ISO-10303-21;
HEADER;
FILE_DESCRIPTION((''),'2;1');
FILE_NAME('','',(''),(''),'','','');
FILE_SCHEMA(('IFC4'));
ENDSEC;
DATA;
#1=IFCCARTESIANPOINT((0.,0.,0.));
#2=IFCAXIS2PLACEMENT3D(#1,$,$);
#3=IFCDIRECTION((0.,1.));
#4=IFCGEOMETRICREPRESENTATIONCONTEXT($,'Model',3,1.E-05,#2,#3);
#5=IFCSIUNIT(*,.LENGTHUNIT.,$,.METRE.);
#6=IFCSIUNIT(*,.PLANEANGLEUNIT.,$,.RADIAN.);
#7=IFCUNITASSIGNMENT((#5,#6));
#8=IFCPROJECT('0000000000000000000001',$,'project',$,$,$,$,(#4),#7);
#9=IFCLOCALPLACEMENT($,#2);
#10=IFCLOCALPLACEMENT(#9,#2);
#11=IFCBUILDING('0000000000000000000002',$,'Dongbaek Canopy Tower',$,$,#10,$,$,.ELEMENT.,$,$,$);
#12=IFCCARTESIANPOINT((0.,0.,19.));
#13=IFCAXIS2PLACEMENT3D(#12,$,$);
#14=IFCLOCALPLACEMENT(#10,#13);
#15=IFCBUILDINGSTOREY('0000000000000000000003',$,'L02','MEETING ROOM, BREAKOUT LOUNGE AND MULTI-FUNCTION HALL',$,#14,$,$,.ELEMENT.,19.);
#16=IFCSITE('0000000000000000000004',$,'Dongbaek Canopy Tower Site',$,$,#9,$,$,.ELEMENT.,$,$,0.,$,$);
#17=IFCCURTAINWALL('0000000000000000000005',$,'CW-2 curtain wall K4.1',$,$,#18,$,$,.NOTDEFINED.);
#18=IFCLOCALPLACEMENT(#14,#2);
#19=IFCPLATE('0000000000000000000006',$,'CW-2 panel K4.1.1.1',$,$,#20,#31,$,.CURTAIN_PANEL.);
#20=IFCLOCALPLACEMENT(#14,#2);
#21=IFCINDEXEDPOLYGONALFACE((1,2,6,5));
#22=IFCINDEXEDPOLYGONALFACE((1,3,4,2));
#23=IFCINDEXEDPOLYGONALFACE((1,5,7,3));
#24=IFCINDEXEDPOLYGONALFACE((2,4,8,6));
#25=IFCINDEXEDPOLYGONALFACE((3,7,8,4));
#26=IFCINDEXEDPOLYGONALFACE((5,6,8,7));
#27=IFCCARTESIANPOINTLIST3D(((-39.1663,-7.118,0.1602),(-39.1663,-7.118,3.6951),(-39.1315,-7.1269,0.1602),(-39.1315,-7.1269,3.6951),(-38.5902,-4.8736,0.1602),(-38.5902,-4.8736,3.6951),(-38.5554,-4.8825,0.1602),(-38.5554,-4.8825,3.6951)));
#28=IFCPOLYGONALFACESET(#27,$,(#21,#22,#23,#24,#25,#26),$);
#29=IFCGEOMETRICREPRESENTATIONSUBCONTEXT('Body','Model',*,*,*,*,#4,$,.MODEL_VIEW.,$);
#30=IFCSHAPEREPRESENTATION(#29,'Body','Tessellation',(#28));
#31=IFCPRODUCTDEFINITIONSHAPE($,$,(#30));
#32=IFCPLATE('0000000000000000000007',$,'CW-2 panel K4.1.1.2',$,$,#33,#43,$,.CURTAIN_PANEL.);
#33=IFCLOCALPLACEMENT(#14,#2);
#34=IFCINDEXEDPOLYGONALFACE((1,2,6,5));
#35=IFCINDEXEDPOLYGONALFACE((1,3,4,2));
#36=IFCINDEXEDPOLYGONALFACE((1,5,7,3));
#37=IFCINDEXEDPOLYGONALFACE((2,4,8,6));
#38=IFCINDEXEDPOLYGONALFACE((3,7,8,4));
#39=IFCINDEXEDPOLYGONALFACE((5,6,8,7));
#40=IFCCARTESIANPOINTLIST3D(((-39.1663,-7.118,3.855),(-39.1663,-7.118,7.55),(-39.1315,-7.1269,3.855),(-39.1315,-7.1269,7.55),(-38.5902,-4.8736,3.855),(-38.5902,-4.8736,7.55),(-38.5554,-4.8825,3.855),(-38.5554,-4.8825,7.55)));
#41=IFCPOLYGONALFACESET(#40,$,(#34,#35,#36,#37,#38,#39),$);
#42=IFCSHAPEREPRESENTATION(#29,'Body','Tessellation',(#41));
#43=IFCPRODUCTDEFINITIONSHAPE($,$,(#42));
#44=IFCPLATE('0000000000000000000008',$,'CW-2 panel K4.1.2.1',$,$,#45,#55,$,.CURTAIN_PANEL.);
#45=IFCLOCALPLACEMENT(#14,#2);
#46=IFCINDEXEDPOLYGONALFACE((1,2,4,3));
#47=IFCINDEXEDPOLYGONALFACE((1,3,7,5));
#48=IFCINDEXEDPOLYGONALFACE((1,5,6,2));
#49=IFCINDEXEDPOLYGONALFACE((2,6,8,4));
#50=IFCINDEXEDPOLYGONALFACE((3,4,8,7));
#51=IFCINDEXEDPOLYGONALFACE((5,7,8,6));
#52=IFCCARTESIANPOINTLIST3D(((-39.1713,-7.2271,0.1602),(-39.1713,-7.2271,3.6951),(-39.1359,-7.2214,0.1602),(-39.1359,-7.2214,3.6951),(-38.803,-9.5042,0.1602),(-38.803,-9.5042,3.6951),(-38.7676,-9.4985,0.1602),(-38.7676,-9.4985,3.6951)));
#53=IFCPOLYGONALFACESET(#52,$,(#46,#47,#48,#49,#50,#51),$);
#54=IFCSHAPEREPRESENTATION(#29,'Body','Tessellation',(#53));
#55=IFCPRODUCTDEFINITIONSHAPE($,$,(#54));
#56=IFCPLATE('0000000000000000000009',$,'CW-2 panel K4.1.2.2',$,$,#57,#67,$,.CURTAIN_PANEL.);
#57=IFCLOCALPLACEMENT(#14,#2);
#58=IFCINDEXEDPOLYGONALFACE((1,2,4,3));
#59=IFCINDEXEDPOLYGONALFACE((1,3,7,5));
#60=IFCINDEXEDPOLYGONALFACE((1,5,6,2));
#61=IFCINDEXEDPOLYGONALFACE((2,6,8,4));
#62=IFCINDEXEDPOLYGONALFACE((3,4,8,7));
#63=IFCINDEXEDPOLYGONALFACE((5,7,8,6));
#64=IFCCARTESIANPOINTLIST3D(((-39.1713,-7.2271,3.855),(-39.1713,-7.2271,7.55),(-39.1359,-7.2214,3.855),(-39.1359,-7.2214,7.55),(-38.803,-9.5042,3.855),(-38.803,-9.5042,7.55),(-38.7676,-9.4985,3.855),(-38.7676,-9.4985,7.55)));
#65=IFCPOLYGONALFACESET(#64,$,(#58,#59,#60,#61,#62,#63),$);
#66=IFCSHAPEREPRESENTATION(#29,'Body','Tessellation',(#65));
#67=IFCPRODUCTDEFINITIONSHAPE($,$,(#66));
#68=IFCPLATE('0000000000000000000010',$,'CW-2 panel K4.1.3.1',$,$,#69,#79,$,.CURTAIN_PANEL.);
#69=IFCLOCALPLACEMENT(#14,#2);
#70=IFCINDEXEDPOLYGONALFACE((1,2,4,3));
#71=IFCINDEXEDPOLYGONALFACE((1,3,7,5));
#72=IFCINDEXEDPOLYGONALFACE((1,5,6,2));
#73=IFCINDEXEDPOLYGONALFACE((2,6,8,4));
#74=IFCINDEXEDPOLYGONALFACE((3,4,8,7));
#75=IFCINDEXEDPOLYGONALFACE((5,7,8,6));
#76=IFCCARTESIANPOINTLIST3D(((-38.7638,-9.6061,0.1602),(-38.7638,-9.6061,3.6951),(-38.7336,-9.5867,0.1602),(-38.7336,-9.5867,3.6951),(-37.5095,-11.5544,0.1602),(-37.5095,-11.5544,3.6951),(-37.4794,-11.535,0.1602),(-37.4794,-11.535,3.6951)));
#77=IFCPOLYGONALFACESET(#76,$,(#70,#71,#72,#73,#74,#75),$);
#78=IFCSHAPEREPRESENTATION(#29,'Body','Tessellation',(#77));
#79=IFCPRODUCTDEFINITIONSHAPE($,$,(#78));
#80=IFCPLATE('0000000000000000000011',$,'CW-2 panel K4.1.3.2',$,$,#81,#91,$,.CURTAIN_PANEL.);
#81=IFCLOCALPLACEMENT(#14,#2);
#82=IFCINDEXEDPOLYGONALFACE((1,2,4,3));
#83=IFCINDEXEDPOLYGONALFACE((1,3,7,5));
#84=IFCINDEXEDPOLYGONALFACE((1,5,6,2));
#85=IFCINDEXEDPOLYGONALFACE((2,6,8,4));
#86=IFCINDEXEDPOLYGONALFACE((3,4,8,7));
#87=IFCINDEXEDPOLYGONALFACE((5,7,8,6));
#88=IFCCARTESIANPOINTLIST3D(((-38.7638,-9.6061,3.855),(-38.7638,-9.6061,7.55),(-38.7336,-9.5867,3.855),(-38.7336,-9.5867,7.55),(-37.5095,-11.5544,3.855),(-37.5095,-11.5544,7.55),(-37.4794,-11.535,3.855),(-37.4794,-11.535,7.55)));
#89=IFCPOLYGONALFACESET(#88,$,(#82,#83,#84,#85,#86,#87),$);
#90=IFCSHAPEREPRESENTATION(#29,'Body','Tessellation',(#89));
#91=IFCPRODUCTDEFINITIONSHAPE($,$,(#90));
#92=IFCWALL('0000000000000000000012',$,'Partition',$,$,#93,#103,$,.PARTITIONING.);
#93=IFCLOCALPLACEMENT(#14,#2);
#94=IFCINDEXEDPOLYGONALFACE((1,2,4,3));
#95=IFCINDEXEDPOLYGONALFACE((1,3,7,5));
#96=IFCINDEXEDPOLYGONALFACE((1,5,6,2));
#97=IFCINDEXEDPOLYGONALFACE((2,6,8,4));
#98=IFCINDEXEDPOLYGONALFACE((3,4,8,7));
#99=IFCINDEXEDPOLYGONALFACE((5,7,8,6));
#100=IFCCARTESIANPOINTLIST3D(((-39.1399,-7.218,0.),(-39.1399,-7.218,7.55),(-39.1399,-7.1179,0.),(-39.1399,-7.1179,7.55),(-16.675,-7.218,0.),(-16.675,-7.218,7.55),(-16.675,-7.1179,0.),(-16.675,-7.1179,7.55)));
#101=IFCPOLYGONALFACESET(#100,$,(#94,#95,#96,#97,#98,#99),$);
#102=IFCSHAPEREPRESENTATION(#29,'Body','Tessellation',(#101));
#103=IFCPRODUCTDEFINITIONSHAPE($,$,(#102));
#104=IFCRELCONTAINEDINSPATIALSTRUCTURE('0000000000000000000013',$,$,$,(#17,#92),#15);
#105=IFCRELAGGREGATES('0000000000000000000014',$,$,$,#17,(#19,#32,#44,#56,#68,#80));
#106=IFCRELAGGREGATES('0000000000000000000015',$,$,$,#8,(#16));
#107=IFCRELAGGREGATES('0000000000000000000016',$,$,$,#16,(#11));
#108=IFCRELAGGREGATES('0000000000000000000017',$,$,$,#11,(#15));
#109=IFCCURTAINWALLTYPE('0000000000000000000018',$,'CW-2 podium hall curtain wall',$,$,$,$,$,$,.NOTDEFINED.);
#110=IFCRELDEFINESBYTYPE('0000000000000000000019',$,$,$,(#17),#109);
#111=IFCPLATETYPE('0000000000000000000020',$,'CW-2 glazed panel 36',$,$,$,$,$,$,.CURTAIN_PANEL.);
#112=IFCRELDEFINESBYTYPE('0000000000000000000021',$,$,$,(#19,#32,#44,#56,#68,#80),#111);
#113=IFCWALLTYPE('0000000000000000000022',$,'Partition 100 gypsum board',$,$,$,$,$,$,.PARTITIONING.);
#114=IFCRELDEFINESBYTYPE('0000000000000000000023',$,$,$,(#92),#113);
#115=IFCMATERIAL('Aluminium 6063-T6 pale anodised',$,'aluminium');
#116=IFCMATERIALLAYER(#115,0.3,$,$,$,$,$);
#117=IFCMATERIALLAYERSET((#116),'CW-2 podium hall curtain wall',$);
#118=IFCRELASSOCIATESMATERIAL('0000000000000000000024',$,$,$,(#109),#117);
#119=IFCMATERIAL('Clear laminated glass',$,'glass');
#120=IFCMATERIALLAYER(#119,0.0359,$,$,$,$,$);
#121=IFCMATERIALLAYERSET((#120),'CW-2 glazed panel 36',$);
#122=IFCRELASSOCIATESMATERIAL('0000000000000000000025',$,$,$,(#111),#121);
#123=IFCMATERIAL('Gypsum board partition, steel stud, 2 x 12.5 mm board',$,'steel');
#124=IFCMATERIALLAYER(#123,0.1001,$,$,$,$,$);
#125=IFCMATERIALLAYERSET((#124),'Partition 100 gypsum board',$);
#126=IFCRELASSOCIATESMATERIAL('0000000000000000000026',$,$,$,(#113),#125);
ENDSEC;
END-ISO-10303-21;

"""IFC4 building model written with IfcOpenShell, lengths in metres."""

from ifc_helpers import new_model, si_unit, direction, frame, frame_2d, origin, origin_2d, place, context, subcontext, project, spatial, rectangle, extrude, material, layer, layer_set, type_object, element, aggregate, save


model = new_model("IFC4")

# Units and contexts
model_context = context("Model", 3, precision=1e-05, world=origin(), true_north=direction((0.0, 1.0)))
body_context = subcontext(model_context, "Body", "Model", "MODEL_VIEW")
ifc_project = project(units=[si_unit("LENGTHUNIT", "METRE"), si_unit("PLANEANGLEUNIT", "RADIAN")], contexts=[model_context])

# Site, building, storey
site_placement = place(None, origin())
site = spatial("IfcSite", under=ifc_project, at=site_placement, Name="Dongbaek Canopy Tower Site", CompositionType="ELEMENT", RefElevation=0.0)
building_placement = place(site_placement, origin())
building = spatial("IfcBuilding", under=site, at=building_placement, Name="Dongbaek Canopy Tower", CompositionType="ELEMENT")
storey_placement = place(building_placement, frame((0.0, 0.0, 19.0)))
storey = spatial("IfcBuildingStorey", under=building, at=storey_placement, Name="L02", Description="MEETING ROOM, BREAKOUT LOUNGE AND MULTI-FUNCTION HALL", CompositionType="ELEMENT", Elevation=19.0)

# Shared definitions
ifc_material_1 = material(Name="Aluminium 6063-T6 pale anodised", Category="aluminium")
ifc_layer_1 = layer(ifc_material_1, 0.3)
ifc_layer_set_1 = layer_set([ifc_layer_1], Name="CW-2 podium hall curtain wall")
curtain_wall_type = type_object("IfcCurtainWallType", Name="CW-2 podium hall curtain wall", PredefinedType="NOTDEFINED", material=ifc_layer_set_1)

# Curtain wall
curtain_wall_1_placement = place(storey_placement, origin())
curtain_wall_1 = element("IfcCurtainWall", 1, at=curtain_wall_1_placement, inside=storey, type_object=curtain_wall_type, Name="CW-2 curtain wall K4.1", PredefinedType="NOTDEFINED")

# Plates
ifc_material_2 = material(Name="Clear laminated glass", Category="glass")
ifc_layer_2 = layer(ifc_material_2, 0.0359)
ifc_layer_set_2 = layer_set([ifc_layer_2], Name="CW-2 glazed panel 36")
plate_type = type_object("IfcPlateType", Name="CW-2 glazed panel 36", PredefinedType="CURTAIN_PANEL", material=ifc_layer_set_2)
plate_1_placement = place(storey_placement, frame((-38.8608, -6.0002, 0.1602), z_axis=(0.0, 0.0, 1.0), x_axis=(-0.248641, -0.968596, 0.0)))
plate_1 = element("IfcPlate", 2, at=plate_1_placement, type_object=plate_type, Name="CW-2 panel K4.1.1.1", PredefinedType="CURTAIN_PANEL", context=body_context, shape_type="SweptSolid", body=[
    extrude(rectangle(XDim=2.3171, YDim=0.0359, at=origin_2d()), origin(), (0.0, 0.0, 1.0), 3.5349),
])
plate_2_placement = place(storey_placement, frame((-38.8608, -6.0002, 3.855), z_axis=(0.0, 0.0, 1.0), x_axis=(-0.248641, -0.968596, 0.0)))
plate_2 = element("IfcPlate", 3, at=plate_2_placement, type_object=plate_type, Name="CW-2 panel K4.1.1.2", PredefinedType="CURTAIN_PANEL", context=body_context, shape_type="SweptSolid", body=[
    extrude(rectangle(XDim=2.3171, YDim=0.0359, at=origin_2d()), origin(), (0.0, 0.0, 1.0), 3.6951),
])
plate_3_placement = place(storey_placement, frame((-38.9695, -8.3628, 0.1602), z_axis=(0.0, 0.0, 1.0), x_axis=(0.159671, -0.98717, 0.0)))
plate_3 = element("IfcPlate", 4, at=plate_3_placement, type_object=plate_type, Name="CW-2 panel K4.1.2.1", PredefinedType="CURTAIN_PANEL", context=body_context, shape_type="SweptSolid", body=[
    extrude(rectangle(XDim=2.3066, YDim=0.0359, at=origin_2d()), origin(), (0.0, 0.0, 1.0), 3.5349),
])
plate_4_placement = place(storey_placement, frame((-38.9695, -8.3628, 3.855), z_axis=(0.0, 0.0, 1.0), x_axis=(0.159671, -0.98717, 0.0)))
plate_4 = element("IfcPlate", 5, at=plate_4_placement, type_object=plate_type, Name="CW-2 panel K4.1.2.2", PredefinedType="CURTAIN_PANEL", context=body_context, shape_type="SweptSolid", body=[
    extrude(rectangle(XDim=2.3066, YDim=0.0359, at=origin_2d()), origin(), (0.0, 0.0, 1.0), 3.6951),
])
plate_5_placement = place(storey_placement, frame((-38.1216, -10.5706, 0.1602), z_axis=(0.0, 0.0, 1.0), x_axis=(0.541306, -0.840826, 0.0)))
plate_5 = element("IfcPlate", 6, at=plate_5_placement, type_object=plate_type, Name="CW-2 panel K4.1.3.1", PredefinedType="CURTAIN_PANEL", context=body_context, shape_type="SweptSolid", body=[
    extrude(rectangle(XDim=2.3171, YDim=0.0359, at=origin_2d()), origin(), (0.0, 0.0, 1.0), 3.5349),
])
plate_6_placement = place(storey_placement, frame((-38.1216, -10.5706, 3.855), z_axis=(0.0, 0.0, 1.0), x_axis=(0.541306, -0.840826, 0.0)))
plate_6 = element("IfcPlate", 7, at=plate_6_placement, type_object=plate_type, Name="CW-2 panel K4.1.3.2", PredefinedType="CURTAIN_PANEL", context=body_context, shape_type="SweptSolid", body=[
    extrude(rectangle(XDim=2.3171, YDim=0.0359, at=origin_2d()), origin(), (0.0, 0.0, 1.0), 3.6951),
])
aggregate(curtain_wall_1, [plate_1, plate_2, plate_3, plate_4, plate_5, plate_6])

# Wall
ifc_material_3 = material(Name="Gypsum board partition, steel stud, 2 x 12.5 mm board", Category="steel")
ifc_layer_3 = layer(ifc_material_3, 0.1001)
ifc_layer_set_3 = layer_set([ifc_layer_3], Name="Partition 100 gypsum board")
wall_type = type_object("IfcWallType", Name="Partition 100 gypsum board", PredefinedType="PARTITIONING", material=ifc_layer_set_3)
wall_placement = place(storey_placement, frame((-39.1399, -7.168, 0.0), z_axis=(0.0, 0.0, 1.0), x_axis=(1.0, 0.0, 0.0)))
element("IfcWall", 8, at=wall_placement, inside=storey, type_object=wall_type, Name="Partition", PredefinedType="PARTITIONING", context=body_context, shape_type="SweptSolid", body=[
    extrude(rectangle(XDim=22.4648, YDim=0.1001, at=frame_2d((11.2324, 0.0))), origin(), (0.0, 0.0, 1.0), 7.55),
])

save(model, "model.ifc")
